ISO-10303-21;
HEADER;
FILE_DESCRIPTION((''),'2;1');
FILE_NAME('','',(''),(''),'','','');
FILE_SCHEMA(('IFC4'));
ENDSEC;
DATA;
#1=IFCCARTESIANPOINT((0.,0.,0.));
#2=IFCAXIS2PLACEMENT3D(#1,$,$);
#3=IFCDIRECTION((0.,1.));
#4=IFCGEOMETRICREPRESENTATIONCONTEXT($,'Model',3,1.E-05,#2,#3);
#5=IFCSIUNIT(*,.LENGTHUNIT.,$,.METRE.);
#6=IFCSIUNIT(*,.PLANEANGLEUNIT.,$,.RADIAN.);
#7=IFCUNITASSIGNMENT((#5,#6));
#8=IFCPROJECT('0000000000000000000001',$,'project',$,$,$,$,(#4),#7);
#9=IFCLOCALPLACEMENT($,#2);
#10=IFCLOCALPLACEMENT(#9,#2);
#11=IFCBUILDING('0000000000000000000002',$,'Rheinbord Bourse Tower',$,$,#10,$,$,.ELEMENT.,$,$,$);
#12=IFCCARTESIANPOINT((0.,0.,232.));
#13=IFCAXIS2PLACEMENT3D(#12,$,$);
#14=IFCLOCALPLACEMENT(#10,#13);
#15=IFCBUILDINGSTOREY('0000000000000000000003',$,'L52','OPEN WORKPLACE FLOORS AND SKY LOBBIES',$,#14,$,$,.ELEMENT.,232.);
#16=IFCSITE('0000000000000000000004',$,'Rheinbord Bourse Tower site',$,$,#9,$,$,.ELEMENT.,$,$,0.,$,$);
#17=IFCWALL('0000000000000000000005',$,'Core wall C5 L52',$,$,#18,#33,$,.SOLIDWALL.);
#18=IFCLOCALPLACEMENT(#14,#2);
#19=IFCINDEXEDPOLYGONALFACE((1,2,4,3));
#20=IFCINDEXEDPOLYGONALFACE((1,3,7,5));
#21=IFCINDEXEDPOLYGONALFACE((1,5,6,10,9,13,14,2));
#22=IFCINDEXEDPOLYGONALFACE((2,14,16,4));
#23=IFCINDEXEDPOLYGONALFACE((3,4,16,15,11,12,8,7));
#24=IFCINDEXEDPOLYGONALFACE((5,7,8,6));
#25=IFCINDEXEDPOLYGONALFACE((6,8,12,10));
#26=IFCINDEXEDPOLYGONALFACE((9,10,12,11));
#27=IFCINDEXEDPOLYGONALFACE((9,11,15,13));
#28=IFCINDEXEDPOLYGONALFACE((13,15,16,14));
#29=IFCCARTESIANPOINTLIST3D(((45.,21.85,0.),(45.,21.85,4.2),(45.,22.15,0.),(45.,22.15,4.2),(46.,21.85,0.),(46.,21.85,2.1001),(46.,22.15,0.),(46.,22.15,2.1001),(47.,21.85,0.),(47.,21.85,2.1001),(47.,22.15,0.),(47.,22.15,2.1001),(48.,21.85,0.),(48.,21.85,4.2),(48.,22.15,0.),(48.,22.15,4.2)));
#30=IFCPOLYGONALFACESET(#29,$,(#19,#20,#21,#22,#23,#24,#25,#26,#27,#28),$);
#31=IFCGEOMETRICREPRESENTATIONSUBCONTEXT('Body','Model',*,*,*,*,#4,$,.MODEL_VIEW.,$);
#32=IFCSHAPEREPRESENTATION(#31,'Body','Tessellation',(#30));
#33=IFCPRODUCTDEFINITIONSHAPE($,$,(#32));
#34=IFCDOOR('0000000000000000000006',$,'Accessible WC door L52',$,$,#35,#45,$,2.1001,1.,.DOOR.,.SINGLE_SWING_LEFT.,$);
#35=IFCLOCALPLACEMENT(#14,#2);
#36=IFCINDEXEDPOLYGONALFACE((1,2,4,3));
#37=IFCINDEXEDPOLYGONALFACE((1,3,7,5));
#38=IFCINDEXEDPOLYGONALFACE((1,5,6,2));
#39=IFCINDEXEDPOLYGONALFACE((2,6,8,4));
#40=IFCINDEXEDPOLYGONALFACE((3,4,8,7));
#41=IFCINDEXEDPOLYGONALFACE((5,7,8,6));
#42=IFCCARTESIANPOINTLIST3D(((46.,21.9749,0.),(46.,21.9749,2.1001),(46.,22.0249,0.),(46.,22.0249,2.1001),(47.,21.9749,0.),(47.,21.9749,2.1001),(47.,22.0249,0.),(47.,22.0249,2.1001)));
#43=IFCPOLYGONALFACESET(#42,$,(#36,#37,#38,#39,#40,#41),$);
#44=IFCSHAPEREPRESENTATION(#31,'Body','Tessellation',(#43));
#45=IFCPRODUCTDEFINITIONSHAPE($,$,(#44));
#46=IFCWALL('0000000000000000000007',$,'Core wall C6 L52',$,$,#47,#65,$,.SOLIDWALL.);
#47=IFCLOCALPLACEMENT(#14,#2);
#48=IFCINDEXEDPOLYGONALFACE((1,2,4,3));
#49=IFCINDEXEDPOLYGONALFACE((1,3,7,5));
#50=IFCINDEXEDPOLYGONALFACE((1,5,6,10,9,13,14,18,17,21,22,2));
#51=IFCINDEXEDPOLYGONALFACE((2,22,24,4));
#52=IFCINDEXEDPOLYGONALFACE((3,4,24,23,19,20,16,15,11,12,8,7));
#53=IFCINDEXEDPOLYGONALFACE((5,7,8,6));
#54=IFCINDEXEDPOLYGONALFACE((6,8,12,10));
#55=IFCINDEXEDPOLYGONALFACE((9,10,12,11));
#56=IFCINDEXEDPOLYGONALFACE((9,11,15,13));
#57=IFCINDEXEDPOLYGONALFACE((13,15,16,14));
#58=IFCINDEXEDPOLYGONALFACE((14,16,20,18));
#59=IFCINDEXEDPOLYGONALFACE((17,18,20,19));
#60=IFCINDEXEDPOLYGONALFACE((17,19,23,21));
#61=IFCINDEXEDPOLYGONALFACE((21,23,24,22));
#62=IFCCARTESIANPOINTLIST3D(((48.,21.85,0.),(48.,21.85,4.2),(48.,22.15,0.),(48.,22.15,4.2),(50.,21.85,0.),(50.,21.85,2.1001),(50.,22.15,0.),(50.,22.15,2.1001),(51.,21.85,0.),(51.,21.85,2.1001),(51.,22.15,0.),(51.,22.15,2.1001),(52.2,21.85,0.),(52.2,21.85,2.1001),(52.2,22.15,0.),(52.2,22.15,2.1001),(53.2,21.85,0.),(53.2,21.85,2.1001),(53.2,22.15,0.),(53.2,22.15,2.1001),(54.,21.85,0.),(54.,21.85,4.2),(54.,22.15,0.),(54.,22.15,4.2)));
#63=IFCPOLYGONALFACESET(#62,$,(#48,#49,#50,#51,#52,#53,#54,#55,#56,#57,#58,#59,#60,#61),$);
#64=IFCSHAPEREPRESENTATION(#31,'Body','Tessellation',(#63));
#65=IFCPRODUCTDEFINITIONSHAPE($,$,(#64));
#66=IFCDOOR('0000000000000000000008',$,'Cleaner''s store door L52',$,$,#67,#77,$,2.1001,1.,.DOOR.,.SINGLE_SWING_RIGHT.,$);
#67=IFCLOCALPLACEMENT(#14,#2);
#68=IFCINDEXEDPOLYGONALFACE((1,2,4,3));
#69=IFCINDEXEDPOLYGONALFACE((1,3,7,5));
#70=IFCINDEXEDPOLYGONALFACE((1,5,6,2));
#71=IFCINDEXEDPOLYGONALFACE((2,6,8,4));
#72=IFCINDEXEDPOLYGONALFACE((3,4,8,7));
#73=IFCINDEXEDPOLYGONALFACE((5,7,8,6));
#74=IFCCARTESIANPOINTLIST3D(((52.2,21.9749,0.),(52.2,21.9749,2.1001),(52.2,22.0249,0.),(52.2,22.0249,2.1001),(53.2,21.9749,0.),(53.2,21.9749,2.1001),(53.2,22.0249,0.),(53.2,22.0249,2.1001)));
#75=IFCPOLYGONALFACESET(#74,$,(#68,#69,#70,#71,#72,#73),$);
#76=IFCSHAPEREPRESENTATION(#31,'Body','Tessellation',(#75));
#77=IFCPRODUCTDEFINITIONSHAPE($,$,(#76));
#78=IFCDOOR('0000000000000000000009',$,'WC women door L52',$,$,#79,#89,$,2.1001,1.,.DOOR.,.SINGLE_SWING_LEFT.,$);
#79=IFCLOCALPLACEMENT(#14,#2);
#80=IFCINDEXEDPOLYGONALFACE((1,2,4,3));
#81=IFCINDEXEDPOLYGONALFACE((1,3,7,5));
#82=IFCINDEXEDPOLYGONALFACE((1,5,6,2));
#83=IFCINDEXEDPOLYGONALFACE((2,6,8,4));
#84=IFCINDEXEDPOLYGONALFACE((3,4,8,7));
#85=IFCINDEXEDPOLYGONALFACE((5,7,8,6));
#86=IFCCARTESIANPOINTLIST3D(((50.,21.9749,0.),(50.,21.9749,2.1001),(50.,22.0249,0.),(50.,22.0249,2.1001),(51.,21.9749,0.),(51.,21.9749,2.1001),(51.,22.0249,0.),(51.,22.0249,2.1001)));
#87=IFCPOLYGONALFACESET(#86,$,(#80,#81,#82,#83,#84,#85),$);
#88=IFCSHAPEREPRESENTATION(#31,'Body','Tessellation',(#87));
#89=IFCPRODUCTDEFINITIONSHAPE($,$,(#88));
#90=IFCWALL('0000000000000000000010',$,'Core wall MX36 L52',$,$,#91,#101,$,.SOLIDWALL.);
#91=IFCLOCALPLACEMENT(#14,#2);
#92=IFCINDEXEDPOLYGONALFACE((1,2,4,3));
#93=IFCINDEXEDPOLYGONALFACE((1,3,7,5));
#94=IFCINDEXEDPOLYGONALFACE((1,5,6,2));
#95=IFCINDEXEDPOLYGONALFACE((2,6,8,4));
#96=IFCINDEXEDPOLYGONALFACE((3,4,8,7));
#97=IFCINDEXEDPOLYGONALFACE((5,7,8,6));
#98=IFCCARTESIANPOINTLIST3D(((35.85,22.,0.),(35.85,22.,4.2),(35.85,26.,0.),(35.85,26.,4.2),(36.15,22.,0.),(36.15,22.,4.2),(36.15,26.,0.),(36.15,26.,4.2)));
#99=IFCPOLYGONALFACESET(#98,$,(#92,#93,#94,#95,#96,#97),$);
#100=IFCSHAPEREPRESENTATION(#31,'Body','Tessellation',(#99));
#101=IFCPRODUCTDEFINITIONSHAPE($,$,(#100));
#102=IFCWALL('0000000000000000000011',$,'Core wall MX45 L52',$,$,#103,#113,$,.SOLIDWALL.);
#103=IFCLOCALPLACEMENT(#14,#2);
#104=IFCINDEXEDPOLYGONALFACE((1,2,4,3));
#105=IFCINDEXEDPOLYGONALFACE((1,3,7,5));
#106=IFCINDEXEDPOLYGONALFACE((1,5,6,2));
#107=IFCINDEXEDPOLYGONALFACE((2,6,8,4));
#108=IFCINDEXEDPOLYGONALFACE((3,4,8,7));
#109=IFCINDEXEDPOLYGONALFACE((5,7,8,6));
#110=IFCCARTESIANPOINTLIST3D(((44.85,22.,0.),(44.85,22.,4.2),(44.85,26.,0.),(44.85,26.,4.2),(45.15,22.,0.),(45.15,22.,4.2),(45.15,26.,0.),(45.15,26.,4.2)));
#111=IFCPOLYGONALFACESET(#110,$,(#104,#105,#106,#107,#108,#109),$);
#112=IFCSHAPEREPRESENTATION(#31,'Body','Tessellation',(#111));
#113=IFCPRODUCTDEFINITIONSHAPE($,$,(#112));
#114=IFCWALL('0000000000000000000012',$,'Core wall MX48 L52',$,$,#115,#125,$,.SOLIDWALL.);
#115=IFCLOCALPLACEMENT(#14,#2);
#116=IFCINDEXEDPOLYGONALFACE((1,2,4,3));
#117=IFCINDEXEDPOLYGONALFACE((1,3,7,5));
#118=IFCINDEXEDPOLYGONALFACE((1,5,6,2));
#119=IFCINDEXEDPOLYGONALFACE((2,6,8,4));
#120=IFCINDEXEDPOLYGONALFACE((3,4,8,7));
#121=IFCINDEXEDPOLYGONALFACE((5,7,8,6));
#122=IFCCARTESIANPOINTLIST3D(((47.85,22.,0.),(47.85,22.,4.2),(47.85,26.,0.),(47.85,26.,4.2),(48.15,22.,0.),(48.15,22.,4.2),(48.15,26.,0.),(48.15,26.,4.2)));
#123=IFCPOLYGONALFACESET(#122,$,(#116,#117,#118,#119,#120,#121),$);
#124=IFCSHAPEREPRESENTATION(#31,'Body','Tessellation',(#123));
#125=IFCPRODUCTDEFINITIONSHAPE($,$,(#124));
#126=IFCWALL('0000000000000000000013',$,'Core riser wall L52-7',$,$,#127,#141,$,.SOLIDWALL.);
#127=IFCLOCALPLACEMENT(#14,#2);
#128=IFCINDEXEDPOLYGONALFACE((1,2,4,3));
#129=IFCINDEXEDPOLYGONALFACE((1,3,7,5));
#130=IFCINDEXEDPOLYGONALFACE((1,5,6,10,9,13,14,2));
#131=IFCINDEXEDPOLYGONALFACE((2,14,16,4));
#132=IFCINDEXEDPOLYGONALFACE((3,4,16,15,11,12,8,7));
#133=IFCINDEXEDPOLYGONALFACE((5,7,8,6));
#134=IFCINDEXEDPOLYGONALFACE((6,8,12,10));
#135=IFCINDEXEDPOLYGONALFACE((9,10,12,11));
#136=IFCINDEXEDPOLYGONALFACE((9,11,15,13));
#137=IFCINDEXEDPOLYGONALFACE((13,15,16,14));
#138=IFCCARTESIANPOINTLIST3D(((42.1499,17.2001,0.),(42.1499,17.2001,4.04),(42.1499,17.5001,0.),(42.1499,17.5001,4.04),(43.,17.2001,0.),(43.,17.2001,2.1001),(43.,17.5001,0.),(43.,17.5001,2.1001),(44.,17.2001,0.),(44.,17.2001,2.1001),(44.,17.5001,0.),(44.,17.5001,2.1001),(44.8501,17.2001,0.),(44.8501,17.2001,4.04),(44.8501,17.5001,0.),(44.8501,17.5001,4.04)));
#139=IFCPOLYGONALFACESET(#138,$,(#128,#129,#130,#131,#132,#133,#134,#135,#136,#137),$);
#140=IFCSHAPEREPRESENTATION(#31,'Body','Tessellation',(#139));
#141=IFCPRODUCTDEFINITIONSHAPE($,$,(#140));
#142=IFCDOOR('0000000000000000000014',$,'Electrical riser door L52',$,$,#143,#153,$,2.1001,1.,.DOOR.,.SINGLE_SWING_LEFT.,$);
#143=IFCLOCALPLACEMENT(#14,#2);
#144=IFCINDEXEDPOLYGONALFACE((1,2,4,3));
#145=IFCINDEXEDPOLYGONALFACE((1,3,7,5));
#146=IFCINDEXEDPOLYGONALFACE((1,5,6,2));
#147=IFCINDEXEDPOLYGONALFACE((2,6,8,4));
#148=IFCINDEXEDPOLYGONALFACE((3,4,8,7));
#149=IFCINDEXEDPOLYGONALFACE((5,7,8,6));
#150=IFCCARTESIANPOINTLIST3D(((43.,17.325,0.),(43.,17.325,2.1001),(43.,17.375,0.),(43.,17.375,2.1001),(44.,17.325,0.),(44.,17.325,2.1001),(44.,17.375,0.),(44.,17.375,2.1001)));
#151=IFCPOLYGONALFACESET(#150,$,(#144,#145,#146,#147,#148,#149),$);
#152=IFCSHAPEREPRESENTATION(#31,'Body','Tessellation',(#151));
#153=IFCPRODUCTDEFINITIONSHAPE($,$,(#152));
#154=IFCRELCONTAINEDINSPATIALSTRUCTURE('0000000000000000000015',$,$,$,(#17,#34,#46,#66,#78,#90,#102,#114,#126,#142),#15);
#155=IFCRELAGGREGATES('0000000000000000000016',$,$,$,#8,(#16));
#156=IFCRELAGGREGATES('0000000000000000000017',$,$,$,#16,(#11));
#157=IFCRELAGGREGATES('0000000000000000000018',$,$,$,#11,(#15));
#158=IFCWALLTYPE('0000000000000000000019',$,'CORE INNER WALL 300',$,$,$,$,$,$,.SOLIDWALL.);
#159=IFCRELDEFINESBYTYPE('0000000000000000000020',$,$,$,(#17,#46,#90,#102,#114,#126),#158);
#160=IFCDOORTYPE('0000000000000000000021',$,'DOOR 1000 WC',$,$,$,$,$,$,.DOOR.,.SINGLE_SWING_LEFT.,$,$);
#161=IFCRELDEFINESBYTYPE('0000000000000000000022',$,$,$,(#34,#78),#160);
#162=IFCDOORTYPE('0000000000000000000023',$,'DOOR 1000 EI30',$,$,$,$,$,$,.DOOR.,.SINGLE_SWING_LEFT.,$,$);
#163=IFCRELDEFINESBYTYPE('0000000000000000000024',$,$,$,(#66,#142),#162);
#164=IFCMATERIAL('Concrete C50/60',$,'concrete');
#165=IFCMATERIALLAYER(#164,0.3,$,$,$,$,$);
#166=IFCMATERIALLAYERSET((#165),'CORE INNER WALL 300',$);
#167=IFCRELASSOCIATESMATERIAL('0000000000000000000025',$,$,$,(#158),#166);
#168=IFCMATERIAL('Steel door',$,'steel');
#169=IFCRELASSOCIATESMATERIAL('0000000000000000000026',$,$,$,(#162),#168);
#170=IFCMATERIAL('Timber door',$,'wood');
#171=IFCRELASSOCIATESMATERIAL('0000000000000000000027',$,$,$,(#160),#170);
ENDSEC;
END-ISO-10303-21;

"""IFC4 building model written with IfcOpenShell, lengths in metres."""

from ifc_helpers import new_model, si_unit, direction, frame, frame_2d, origin, place, context, subcontext, project, spatial, rectangle, extrude, material, layer, layer_set, type_object, element, fill, save


model = new_model("IFC4")

# Units and contexts
model_context = context("Model", 3, precision=1e-05, world=origin(), true_north=direction((0.0, 1.0)))
body_context = subcontext(model_context, "Body", "Model", "MODEL_VIEW")
ifc_project = project(units=[si_unit("LENGTHUNIT", "METRE"), si_unit("PLANEANGLEUNIT", "RADIAN")], contexts=[model_context])

# Site, building, storey
site_placement = place(None, origin())
site = spatial("IfcSite", under=ifc_project, at=site_placement, Name="Rheinbord Bourse Tower site", CompositionType="ELEMENT", RefElevation=0.0)
building_placement = place(site_placement, origin())
building = spatial("IfcBuilding", under=site, at=building_placement, Name="Rheinbord Bourse Tower", CompositionType="ELEMENT")
storey_placement = place(building_placement, frame((0.0, 0.0, 232.0)))
storey = spatial("IfcBuildingStorey", under=building, at=storey_placement, Name="L52", Description="OPEN WORKPLACE FLOORS AND SKY LOBBIES", CompositionType="ELEMENT", Elevation=232.0)

# Wall, opening, door
ifc_material_1 = material(Name="Concrete C50/60", Category="concrete")
ifc_layer_1 = layer(ifc_material_1, 0.3)
ifc_layer_set_1 = layer_set([ifc_layer_1], Name="CORE INNER WALL 300")
wall_type_1 = type_object("IfcWallType", Name="CORE INNER WALL 300", PredefinedType="SOLIDWALL", material=ifc_layer_set_1)
ifc_material_2 = material(Name="Steel door", Category="steel")
door_type_1 = type_object("IfcDoorType", Name="DOOR 1000 EI30", OperationType="SINGLE_SWING_LEFT", PredefinedType="DOOR", material=ifc_material_2)
wall_1_placement = place(storey_placement, frame((45.0, 22.0, 0.0), z_axis=(0.0, 0.0, 1.0), x_axis=(1.0, 0.0, 0.0)))
wall_1 = element("IfcWall", 1, at=wall_1_placement, inside=storey, type_object=wall_type_1, Name="Core wall C5 L52", PredefinedType="SOLIDWALL", context=body_context, shape_type="SweptSolid", body=[
    extrude(rectangle(XDim=3.0, YDim=0.3, at=frame_2d((1.5, 0.0))), origin(), (0.0, 0.0, 1.0), 4.2),
])
opening_1_placement = place(wall_1_placement, frame((1.0, 0.0, 0.0)))
opening_1 = element("IfcOpeningElement", 2, at=opening_1_placement, cuts=wall_1, PredefinedType="OPENING", context=body_context, shape_type="SweptSolid", body=[
    extrude(rectangle(XDim=1.0, YDim=2.1001, at=frame_2d((0.5, 1.05))), frame((0.0, 0.1599, 0.0), z_axis=(0.0, -1.0, 0.0), x_axis=(1.0, 0.0, 0.0)), (0.0, 0.0, 1.0), 0.3201),
])
ifc_material_3 = material(Name="Timber door", Category="wood")
door_type_2 = type_object("IfcDoorType", Name="DOOR 1000 WC", OperationType="SINGLE_SWING_LEFT", PredefinedType="DOOR", material=ifc_material_3)
door_1_placement = place(opening_1_placement, origin())
door_1 = element("IfcDoor", 3, at=door_1_placement, inside=storey, type_object=door_type_2, Name="Accessible WC door L52", OperationType="SINGLE_SWING_LEFT", OverallHeight=2.1001, OverallWidth=1.0, PredefinedType="DOOR", context=body_context, shape_type="SweptSolid", body=[
    extrude(rectangle(XDim=1.0, YDim=2.1001, at=frame_2d((0.5, 1.05))), frame((0.0, 0.0249, 0.0), z_axis=(0.0, -1.0, 0.0), x_axis=(1.0, 0.0, 0.0)), (0.0, 0.0, 1.0), 0.05),
])
fill(opening_1, door_1)

# Wall, openings, doors
wall_2_placement = place(storey_placement, frame((48.0, 22.0, 0.0), z_axis=(0.0, 0.0, 1.0), x_axis=(1.0, 0.0, 0.0)))
wall_2 = element("IfcWall", 4, at=wall_2_placement, inside=storey, type_object=wall_type_1, Name="Core wall C6 L52", PredefinedType="SOLIDWALL", context=body_context, shape_type="SweptSolid", body=[
    extrude(rectangle(XDim=6.0, YDim=0.3, at=frame_2d((3.0, 0.0))), origin(), (0.0, 0.0, 1.0), 4.2),
])
opening_2_placement = place(wall_2_placement, frame((2.0, 0.0, 0.0)))
opening_2 = element("IfcOpeningElement", 5, at=opening_2_placement, cuts=wall_2, PredefinedType="OPENING", context=body_context, shape_type="SweptSolid", body=[
    extrude(rectangle(XDim=1.0, YDim=2.1001, at=frame_2d((0.5, 1.05))), frame((0.0, 0.1599, 0.0), z_axis=(0.0, -1.0, 0.0), x_axis=(1.0, 0.0, 0.0)), (0.0, 0.0, 1.0), 0.3201),
])
opening_3_placement = place(wall_2_placement, frame((4.2, 0.0, 0.0)))
opening_3 = element("IfcOpeningElement", 6, at=opening_3_placement, cuts=wall_2, PredefinedType="OPENING", context=body_context, shape_type="SweptSolid", body=[
    extrude(rectangle(XDim=1.0, YDim=2.1001, at=frame_2d((0.5, 1.05))), frame((0.0, 0.1599, 0.0), z_axis=(0.0, -1.0, 0.0), x_axis=(1.0, 0.0, 0.0)), (0.0, 0.0, 1.0), 0.3201),
])
door_2_placement = place(opening_3_placement, origin())
door_2 = element("IfcDoor", 7, at=door_2_placement, inside=storey, type_object=door_type_1, Name="Cleaner's store door L52", OperationType="SINGLE_SWING_RIGHT", OverallHeight=2.1001, OverallWidth=1.0, PredefinedType="DOOR", context=body_context, shape_type="SweptSolid", body=[
    extrude(rectangle(XDim=1.0, YDim=2.1001, at=frame_2d((0.5, 1.05))), frame((0.0, 0.0249, 0.0), z_axis=(0.0, -1.0, 0.0), x_axis=(1.0, 0.0, 0.0)), (0.0, 0.0, 1.0), 0.05),
])
fill(opening_3, door_2)
door_3_placement = place(opening_2_placement, origin())
door_3 = element("IfcDoor", 8, at=door_3_placement, inside=storey, type_object=door_type_2, Name="WC women door L52", OperationType="SINGLE_SWING_LEFT", OverallHeight=2.1001, OverallWidth=1.0, PredefinedType="DOOR", context=body_context, shape_type="SweptSolid", body=[
    extrude(rectangle(XDim=1.0, YDim=2.1001, at=frame_2d((0.5, 1.05))), frame((0.0, 0.0249, 0.0), z_axis=(0.0, -1.0, 0.0), x_axis=(1.0, 0.0, 0.0)), (0.0, 0.0, 1.0), 0.05),
])
fill(opening_2, door_3)

# Walls
for number, where, z_axis, x_axis, name in (
    (9, (36.0, 22.0, 0.0), (0.0, 0.0, 1.0), (0.0, 1.0, 0.0), "Core wall MX36 L52"),
    (10, (45.0, 22.0, 0.0), (0.0, 0.0, 1.0), (0.0, 1.0, 0.0), "Core wall MX45 L52"),
    (11, (48.0, 22.0, 0.0), (0.0, 0.0, 1.0), (0.0, 1.0, 0.0), "Core wall MX48 L52"),
):
    element("IfcWall", number, at=place(storey_placement, frame(where, z_axis=z_axis, x_axis=x_axis)), inside=storey, type_object=wall_type_1, Name=name, PredefinedType="SOLIDWALL", context=body_context, shape_type="SweptSolid", body=[
        extrude(rectangle(XDim=4.0, YDim=0.3, at=frame_2d((2.0, 0.0))), origin(), (0.0, 0.0, 1.0), 4.2),
    ])

# Wall, opening, door
wall_3_placement = place(storey_placement, frame((42.1499, 17.3501, 0.0), z_axis=(0.0, 0.0, 1.0), x_axis=(1.0, 0.0, 0.0)))
wall_3 = element("IfcWall", 12, at=wall_3_placement, inside=storey, type_object=wall_type_1, Name="Core riser wall L52-7", PredefinedType="SOLIDWALL", context=body_context, shape_type="SweptSolid", body=[
    extrude(rectangle(XDim=2.7002, YDim=0.3, at=frame_2d((1.3501, 0.0))), origin(), (0.0, 0.0, 1.0), 4.04),
])
opening_4_placement = place(wall_3_placement, frame((0.8501, 0.0, 0.0)))
opening_4 = element("IfcOpeningElement", 13, at=opening_4_placement, cuts=wall_3, PredefinedType="OPENING", context=body_context, shape_type="SweptSolid", body=[
    extrude(rectangle(XDim=1.0, YDim=2.1001, at=frame_2d((0.5, 1.05))), frame((0.0, 0.1599, 0.0), z_axis=(0.0, -1.0, 0.0), x_axis=(1.0, 0.0, 0.0)), (0.0, 0.0, 1.0), 0.3201),
])
door_4_placement = place(opening_4_placement, origin())
door_4 = element("IfcDoor", 14, at=door_4_placement, inside=storey, type_object=door_type_1, Name="Electrical riser door L52", OperationType="SINGLE_SWING_LEFT", OverallHeight=2.1001, OverallWidth=1.0, PredefinedType="DOOR", context=body_context, shape_type="SweptSolid", body=[
    extrude(rectangle(XDim=1.0, YDim=2.1001, at=frame_2d((0.5, 1.05))), frame((0.0, 0.0249, 0.0), z_axis=(0.0, -1.0, 0.0), x_axis=(1.0, 0.0, 0.0)), (0.0, 0.0, 1.0), 0.05),
])
fill(opening_4, door_4)

save(model, "model.ifc")
